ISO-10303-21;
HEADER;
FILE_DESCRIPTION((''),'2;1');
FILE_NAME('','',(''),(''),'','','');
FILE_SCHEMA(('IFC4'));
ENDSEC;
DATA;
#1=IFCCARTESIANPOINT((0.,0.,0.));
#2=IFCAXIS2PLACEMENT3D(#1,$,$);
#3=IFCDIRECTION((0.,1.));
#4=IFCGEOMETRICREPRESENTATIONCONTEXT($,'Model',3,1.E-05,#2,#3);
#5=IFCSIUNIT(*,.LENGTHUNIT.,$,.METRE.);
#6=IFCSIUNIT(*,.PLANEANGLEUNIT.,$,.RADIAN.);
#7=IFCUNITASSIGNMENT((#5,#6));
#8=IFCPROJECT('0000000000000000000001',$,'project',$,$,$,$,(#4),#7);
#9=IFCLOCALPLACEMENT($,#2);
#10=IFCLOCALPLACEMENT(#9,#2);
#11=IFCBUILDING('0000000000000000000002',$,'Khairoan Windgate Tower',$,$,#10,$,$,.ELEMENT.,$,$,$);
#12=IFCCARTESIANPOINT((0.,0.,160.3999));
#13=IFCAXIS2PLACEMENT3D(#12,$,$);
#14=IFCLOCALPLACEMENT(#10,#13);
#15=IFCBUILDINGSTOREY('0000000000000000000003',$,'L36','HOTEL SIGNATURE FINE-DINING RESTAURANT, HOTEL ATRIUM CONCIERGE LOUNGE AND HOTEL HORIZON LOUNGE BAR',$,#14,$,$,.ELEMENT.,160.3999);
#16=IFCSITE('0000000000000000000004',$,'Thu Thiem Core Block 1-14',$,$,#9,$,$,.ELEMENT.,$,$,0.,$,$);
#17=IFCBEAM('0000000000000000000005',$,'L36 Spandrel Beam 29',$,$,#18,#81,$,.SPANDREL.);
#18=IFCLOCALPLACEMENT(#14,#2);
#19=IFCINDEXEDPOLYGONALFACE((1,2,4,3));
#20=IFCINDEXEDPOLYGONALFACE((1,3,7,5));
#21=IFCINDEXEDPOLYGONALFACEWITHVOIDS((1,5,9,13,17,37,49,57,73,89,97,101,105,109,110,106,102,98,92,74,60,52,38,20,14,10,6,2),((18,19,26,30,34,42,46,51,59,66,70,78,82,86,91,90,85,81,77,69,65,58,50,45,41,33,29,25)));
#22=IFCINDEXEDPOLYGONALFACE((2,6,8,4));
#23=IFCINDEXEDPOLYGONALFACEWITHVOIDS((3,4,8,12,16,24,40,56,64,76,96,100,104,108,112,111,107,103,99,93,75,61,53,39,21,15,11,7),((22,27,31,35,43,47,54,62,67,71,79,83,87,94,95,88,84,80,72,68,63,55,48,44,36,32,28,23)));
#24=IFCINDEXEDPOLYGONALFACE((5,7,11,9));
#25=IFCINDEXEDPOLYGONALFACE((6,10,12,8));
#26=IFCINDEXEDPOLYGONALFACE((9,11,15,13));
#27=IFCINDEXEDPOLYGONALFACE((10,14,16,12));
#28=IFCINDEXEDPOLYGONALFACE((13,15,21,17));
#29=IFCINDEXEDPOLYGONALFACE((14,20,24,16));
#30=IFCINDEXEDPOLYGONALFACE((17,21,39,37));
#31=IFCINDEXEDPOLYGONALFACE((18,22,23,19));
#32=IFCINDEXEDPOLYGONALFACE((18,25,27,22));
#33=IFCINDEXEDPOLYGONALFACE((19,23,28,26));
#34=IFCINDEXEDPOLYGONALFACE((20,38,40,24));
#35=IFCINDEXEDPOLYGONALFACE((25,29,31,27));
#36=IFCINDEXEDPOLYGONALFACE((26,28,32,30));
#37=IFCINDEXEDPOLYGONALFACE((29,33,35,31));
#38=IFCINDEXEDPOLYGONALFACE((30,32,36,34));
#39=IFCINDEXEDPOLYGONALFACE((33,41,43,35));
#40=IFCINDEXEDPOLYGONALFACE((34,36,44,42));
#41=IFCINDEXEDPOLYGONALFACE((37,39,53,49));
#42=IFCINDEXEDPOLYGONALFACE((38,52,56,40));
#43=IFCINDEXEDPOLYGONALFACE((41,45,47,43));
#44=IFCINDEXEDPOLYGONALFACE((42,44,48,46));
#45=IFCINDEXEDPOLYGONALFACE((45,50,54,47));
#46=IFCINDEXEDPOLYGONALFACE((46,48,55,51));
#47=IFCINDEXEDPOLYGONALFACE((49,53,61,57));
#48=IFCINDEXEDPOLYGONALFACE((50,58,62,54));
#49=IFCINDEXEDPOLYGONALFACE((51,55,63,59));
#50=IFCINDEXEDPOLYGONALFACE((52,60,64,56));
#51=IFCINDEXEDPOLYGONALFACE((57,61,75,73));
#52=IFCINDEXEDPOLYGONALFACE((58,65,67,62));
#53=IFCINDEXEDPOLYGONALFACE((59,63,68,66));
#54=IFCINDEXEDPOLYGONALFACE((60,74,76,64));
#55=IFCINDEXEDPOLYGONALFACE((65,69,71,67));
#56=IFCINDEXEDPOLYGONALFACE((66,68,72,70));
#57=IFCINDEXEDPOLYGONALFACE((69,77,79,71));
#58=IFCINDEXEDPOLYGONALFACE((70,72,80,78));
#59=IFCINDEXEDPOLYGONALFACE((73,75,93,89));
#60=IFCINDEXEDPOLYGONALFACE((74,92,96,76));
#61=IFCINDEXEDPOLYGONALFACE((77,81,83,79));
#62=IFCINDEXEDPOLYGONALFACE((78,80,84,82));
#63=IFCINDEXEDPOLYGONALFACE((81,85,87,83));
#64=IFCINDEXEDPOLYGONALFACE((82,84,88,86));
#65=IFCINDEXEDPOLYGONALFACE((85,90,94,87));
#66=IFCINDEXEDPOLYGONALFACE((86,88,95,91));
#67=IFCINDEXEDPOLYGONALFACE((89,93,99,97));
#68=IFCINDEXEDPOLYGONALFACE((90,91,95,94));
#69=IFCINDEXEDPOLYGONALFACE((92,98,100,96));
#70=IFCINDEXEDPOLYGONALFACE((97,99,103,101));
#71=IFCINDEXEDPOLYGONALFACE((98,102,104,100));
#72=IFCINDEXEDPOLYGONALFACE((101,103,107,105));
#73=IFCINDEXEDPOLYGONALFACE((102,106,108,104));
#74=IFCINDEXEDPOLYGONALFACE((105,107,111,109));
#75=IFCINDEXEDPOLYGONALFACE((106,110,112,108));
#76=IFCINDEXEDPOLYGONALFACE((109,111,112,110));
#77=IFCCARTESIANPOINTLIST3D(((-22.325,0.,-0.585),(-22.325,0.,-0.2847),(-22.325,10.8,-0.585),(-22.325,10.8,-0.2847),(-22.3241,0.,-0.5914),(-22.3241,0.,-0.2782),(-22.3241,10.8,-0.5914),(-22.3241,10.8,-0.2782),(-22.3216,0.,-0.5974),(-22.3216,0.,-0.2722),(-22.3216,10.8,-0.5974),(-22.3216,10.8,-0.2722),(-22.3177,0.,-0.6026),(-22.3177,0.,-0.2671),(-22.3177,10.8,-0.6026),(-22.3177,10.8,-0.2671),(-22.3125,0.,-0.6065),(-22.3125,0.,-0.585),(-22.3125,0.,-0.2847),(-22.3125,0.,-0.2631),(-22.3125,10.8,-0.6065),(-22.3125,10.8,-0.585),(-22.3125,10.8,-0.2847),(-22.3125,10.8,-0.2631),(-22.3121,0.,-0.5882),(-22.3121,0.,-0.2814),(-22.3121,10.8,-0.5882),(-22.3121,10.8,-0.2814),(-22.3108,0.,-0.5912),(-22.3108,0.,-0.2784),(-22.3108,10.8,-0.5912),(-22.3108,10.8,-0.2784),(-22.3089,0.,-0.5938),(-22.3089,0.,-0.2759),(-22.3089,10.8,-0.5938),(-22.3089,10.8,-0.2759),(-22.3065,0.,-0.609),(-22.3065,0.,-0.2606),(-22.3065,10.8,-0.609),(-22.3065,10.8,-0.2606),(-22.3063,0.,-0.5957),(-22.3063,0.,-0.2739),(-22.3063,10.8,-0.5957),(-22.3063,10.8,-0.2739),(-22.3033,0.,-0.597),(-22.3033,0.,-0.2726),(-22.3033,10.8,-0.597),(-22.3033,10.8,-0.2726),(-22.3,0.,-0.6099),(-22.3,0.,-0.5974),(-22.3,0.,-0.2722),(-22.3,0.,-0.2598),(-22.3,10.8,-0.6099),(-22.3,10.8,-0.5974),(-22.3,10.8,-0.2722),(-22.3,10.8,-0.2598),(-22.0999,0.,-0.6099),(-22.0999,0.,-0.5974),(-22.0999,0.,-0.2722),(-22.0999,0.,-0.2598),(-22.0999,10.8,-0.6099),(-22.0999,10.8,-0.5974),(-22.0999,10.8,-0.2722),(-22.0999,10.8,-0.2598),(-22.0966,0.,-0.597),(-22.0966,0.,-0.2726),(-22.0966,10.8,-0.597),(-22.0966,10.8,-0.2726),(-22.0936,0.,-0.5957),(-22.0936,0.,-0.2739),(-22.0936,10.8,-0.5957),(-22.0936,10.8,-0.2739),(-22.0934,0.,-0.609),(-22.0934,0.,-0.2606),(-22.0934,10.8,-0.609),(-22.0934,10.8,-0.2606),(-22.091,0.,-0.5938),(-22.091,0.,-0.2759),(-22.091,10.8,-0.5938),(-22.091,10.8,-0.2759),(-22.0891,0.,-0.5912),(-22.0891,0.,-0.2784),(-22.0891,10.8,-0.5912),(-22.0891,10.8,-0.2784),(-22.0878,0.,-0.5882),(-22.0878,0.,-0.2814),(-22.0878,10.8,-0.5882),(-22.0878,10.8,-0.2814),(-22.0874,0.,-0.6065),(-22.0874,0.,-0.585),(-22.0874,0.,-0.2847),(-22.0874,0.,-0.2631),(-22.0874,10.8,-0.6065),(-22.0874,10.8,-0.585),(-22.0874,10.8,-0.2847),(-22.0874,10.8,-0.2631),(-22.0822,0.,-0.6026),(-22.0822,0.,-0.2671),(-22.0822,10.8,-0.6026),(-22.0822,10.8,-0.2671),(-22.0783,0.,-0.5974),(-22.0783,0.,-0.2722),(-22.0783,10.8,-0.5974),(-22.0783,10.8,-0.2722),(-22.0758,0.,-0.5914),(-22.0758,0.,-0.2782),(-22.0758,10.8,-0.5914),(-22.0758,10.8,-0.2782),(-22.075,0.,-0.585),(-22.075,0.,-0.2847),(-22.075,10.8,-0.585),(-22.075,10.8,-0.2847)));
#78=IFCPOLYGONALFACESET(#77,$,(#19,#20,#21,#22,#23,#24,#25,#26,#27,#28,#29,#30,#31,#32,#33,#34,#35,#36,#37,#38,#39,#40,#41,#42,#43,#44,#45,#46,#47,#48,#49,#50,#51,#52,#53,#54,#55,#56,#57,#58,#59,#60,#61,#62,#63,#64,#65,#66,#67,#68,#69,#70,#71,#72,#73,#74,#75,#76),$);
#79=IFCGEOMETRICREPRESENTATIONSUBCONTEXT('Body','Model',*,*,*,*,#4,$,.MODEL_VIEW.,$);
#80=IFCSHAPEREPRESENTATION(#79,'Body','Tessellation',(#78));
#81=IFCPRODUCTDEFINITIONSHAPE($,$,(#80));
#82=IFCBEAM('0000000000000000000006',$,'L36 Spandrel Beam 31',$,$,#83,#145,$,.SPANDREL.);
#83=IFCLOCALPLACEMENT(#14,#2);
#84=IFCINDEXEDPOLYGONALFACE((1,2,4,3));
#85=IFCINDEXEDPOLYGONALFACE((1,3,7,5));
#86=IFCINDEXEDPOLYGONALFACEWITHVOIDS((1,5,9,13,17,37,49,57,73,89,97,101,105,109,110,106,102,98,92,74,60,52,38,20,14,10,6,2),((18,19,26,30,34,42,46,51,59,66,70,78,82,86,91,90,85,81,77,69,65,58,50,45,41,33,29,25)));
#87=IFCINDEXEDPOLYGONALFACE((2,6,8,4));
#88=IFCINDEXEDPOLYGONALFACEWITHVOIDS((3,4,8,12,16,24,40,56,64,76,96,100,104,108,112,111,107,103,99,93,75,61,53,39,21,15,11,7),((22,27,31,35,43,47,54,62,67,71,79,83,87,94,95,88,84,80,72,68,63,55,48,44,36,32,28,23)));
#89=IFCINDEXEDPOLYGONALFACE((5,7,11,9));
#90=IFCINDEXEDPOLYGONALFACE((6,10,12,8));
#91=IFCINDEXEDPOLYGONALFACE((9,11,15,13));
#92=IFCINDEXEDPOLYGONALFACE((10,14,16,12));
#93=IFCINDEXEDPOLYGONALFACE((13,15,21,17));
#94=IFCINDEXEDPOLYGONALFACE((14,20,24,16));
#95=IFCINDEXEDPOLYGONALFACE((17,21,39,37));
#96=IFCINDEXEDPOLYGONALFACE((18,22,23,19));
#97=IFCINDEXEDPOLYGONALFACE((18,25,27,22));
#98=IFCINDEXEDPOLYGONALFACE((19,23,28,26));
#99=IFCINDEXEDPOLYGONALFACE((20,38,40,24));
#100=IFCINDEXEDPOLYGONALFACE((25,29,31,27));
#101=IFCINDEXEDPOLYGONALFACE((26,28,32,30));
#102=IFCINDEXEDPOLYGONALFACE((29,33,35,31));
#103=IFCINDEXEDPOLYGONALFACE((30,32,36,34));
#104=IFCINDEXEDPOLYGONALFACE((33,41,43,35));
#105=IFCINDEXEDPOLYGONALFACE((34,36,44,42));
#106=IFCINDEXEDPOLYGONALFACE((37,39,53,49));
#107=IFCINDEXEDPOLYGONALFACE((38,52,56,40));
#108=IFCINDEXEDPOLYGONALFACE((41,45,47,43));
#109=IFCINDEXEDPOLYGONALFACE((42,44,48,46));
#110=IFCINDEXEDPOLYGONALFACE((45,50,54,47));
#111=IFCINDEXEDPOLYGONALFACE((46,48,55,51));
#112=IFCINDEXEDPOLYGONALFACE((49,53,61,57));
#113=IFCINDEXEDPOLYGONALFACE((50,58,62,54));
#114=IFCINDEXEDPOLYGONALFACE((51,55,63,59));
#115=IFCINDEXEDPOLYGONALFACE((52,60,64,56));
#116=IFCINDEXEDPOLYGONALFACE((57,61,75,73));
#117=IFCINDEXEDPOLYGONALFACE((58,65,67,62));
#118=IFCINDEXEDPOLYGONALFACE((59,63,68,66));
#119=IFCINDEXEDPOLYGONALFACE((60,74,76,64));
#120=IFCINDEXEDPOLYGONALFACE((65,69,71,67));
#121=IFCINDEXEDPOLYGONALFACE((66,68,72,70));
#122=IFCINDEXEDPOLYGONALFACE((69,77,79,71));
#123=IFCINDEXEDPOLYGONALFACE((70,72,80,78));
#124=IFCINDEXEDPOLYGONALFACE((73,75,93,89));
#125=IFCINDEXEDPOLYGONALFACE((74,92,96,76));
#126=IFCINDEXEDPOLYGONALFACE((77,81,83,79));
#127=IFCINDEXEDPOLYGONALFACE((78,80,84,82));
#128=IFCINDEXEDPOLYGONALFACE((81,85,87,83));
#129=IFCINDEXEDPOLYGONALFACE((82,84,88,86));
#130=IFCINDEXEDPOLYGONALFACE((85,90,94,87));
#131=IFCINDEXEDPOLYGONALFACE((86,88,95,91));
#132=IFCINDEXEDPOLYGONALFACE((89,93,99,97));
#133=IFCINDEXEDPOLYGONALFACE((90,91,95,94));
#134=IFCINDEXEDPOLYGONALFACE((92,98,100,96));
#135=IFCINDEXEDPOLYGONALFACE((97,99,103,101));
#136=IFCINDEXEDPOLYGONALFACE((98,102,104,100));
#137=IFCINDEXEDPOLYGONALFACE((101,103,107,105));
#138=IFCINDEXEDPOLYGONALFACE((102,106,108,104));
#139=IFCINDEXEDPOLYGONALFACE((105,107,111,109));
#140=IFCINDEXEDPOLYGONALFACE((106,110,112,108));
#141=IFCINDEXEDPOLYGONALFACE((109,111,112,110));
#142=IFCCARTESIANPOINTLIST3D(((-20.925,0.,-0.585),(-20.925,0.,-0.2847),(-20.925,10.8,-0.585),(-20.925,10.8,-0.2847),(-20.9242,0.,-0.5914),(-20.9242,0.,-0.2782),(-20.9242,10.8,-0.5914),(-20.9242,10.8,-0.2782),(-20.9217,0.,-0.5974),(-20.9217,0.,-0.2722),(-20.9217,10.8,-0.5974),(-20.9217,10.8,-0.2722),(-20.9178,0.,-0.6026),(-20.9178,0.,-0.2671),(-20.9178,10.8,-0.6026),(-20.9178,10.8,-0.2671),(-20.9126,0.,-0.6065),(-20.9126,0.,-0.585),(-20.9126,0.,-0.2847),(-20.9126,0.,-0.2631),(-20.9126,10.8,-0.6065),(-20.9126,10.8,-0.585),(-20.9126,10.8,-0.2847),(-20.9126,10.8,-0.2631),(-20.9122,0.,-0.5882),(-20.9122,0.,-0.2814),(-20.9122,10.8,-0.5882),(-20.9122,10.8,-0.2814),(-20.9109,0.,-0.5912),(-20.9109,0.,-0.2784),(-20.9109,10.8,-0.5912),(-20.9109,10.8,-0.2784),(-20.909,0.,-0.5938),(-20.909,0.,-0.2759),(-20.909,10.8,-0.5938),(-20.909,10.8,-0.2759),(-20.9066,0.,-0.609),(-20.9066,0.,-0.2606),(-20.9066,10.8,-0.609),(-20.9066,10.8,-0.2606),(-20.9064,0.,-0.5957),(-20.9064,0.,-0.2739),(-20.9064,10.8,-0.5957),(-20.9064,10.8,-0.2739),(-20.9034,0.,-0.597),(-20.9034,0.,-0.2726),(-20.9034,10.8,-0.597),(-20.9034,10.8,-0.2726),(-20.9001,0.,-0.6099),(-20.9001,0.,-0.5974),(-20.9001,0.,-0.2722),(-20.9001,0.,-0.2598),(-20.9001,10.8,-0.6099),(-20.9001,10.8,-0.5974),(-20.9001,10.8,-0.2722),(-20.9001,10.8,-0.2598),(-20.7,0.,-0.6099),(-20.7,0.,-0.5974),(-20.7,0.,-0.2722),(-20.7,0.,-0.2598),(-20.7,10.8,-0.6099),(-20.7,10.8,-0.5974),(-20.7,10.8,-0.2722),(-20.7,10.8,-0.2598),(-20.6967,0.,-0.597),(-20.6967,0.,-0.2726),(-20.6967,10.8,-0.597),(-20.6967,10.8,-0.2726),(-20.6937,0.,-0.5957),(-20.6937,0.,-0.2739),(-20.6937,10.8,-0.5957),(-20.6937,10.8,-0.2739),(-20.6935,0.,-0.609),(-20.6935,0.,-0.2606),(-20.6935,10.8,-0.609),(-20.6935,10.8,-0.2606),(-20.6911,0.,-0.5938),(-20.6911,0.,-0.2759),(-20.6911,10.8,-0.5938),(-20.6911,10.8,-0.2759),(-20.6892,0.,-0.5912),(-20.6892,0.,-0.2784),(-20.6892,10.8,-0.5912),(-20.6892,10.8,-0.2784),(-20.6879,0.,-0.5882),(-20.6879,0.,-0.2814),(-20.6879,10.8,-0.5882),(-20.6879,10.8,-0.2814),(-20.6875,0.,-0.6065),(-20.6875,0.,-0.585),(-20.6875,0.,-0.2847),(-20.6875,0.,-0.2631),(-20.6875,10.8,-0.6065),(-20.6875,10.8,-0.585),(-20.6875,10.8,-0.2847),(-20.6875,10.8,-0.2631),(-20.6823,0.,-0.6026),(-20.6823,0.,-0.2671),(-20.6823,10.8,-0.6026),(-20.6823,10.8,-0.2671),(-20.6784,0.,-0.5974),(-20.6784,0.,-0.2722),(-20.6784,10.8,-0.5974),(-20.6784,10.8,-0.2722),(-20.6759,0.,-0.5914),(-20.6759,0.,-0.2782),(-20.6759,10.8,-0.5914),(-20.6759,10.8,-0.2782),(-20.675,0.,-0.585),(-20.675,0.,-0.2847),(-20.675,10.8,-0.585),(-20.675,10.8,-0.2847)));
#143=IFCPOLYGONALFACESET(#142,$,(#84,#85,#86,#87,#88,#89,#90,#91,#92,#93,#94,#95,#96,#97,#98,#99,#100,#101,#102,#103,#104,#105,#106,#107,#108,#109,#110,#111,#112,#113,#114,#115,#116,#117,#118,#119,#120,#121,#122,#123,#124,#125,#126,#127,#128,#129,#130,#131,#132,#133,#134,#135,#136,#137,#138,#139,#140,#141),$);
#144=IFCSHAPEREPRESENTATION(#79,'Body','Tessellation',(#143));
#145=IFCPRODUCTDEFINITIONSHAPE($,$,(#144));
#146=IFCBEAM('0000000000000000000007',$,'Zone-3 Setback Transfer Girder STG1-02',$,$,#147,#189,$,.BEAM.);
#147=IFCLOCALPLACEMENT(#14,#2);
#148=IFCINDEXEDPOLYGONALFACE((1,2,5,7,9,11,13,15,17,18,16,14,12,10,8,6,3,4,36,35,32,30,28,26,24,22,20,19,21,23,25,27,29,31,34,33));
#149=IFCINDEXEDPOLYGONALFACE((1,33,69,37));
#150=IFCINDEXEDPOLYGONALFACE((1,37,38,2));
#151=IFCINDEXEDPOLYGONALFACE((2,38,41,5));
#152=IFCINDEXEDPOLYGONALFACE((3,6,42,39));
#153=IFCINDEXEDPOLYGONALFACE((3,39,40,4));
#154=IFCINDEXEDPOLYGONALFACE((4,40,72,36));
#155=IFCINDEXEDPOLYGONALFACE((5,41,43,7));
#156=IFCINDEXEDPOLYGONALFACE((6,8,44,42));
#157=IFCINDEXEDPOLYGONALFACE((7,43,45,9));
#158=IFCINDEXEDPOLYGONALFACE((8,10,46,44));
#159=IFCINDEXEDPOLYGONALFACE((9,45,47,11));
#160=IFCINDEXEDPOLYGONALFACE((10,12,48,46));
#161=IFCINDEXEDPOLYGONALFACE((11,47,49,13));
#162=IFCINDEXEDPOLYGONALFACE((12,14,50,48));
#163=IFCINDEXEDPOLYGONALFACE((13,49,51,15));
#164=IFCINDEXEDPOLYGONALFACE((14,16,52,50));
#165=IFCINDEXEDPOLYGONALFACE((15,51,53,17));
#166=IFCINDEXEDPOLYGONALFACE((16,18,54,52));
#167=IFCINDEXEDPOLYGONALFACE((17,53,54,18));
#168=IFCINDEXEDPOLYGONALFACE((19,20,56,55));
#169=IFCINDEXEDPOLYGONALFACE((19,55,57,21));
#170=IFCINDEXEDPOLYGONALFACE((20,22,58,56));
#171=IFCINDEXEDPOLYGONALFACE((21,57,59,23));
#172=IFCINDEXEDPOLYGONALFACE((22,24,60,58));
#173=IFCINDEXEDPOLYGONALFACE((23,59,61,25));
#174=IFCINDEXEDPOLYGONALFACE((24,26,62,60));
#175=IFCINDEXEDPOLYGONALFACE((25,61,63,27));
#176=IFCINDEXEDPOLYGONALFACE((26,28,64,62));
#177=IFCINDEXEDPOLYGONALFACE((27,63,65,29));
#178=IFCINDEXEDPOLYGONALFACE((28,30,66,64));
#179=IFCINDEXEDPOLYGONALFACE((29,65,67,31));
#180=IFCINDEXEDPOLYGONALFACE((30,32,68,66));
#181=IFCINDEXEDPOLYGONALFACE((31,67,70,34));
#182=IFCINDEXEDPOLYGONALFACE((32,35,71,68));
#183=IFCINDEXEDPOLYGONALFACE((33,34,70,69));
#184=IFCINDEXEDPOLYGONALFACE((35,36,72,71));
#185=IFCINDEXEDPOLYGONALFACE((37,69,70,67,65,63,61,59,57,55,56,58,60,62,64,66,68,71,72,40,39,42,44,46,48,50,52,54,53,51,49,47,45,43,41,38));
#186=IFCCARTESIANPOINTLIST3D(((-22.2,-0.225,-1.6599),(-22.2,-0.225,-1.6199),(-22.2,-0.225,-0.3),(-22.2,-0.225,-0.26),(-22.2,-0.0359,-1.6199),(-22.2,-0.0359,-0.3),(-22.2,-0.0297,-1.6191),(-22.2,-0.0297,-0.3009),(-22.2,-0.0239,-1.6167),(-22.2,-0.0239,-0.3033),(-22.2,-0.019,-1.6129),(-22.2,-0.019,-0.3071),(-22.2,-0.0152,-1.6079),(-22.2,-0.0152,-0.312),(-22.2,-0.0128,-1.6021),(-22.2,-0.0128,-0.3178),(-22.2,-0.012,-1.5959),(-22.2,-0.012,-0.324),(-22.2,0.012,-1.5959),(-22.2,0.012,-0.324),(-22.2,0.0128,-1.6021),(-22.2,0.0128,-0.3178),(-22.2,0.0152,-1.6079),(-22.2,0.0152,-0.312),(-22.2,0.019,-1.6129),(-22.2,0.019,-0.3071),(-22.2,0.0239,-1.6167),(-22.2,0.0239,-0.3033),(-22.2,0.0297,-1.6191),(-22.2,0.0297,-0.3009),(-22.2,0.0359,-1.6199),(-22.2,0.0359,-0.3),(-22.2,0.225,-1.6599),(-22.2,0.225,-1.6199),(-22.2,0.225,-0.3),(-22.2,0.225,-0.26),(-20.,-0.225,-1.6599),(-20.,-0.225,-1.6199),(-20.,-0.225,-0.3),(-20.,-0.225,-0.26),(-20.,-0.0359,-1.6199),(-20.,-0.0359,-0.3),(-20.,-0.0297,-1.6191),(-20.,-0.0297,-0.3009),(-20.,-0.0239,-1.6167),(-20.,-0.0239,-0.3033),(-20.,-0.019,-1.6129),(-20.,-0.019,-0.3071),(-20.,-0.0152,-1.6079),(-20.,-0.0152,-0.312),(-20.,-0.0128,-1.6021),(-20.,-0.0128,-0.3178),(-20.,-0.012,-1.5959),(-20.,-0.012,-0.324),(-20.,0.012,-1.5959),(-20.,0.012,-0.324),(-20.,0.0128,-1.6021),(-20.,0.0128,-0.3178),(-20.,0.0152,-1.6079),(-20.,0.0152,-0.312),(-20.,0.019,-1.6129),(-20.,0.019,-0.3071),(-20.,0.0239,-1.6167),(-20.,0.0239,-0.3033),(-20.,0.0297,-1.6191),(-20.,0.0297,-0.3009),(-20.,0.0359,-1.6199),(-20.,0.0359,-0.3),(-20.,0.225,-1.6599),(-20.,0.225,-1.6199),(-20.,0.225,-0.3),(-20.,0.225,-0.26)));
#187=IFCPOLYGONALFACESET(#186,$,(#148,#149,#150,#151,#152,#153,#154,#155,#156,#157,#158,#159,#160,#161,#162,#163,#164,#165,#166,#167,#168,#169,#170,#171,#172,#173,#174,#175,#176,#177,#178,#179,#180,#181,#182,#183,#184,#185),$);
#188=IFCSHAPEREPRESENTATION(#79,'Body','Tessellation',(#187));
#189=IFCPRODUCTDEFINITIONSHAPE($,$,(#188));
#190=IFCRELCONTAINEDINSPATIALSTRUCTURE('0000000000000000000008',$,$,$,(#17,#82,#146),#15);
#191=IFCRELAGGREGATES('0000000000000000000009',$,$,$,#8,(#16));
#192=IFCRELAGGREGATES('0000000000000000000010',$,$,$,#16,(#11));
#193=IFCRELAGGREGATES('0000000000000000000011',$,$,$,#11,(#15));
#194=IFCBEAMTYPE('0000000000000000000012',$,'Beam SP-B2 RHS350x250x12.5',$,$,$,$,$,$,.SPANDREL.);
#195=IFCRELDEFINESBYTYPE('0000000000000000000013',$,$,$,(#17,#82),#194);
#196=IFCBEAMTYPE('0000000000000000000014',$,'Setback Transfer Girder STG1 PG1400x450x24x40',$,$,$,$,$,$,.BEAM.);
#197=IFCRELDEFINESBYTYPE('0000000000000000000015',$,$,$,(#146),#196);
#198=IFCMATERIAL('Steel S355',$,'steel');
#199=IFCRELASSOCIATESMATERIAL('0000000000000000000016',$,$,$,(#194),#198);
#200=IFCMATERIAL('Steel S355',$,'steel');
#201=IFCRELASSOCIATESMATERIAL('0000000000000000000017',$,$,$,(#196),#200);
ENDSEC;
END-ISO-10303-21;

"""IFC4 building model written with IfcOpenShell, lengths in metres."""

from ifc_helpers import new_model, si_unit, direction, frame, origin, origin_2d, place, context, subcontext, project, spatial, hollow_rectangle, i_section, extrude, material, material_profile, profile_set, type_object, element, save


model = new_model("IFC4")

# Units and contexts
model_context = context("Model", 3, precision=1e-05, world=origin(), true_north=direction((0.0, 1.0)))
body_context = subcontext(model_context, "Body", "Model", "MODEL_VIEW")
ifc_project = project(units=[si_unit("LENGTHUNIT", "METRE"), si_unit("PLANEANGLEUNIT", "RADIAN")], contexts=[model_context])

# Site, building, storey
site_placement = place(None, origin())
site = spatial("IfcSite", under=ifc_project, at=site_placement, Name="Thu Thiem Core Block 1-14", CompositionType="ELEMENT", RefElevation=0.0)
building_placement = place(site_placement, origin())
building = spatial("IfcBuilding", under=site, at=building_placement, Name="Khairoan Windgate Tower", CompositionType="ELEMENT")
storey_placement = place(building_placement, frame((0.0, 0.0, 160.3999)))
storey = spatial("IfcBuildingStorey", under=building, at=storey_placement, Name="L36", Description="HOTEL SIGNATURE FINE-DINING RESTAURANT, HOTEL ATRIUM CONCIERGE LOUNGE AND HOTEL HORIZON LOUNGE BAR", CompositionType="ELEMENT", Elevation=160.3999)

# Beams
ifc_material_1 = material(Name="Steel S355", Category="steel")
ifc_material_profile_1 = material_profile(ifc_material_1, hollow_rectangle(XDim=0.25, YDim=0.3501, WallThickness=0.0125, InnerFilletRadius=0.0125, OuterFilletRadius=0.0249, at=origin_2d()))
ifc_profile_set_1 = profile_set([ifc_material_profile_1], Name="Steel S355")
beam_type_1 = type_object("IfcBeamType", Name="Beam SP-B2 RHS350x250x12.5", PredefinedType="SPANDREL", material=ifc_profile_set_1)
for number, where, z_axis, x_axis, name in (
    (1, (-22.2, 0.0, -0.4348), (0.0, 1.0, 0.0), (-1.0, 0.0, 0.0), "L36 Spandrel Beam 29"),
    (2, (-20.8, 0.0, -0.4348), (0.0, 1.0, 0.0), (-1.0, 0.0, 0.0), "L36 Spandrel Beam 31"),
):
    element("IfcBeam", number, at=place(storey_placement, frame(where, z_axis=z_axis, x_axis=x_axis)), inside=storey, type_object=beam_type_1, Name=name, PredefinedType="SPANDREL", context=body_context, shape_type="SweptSolid", body=[
        extrude(hollow_rectangle(XDim=0.25, YDim=0.3501, WallThickness=0.0125, InnerFilletRadius=0.0125, OuterFilletRadius=0.0249, at=origin_2d()), origin(), (0.0, 0.0, 1.0), 10.8),
    ])
ifc_material_2 = material(Name="Steel S355", Category="steel")
ifc_material_profile_2 = material_profile(ifc_material_2, i_section(OverallWidth=0.45, OverallDepth=1.3999, WebThickness=0.0239, FlangeThickness=0.04, FilletRadius=0.0239, at=origin_2d()))
ifc_profile_set_2 = profile_set([ifc_material_profile_2], Name="Steel S355")
beam_type_2 = type_object("IfcBeamType", Name="Setback Transfer Girder STG1 PG1400x450x24x40", PredefinedType="BEAM", material=ifc_profile_set_2)
beam_1_placement = place(storey_placement, frame((-22.2, 0.0, -0.96), z_axis=(1.0, 0.0, 0.0), x_axis=(0.0, 1.0, 0.0)))
element("IfcBeam", 3, at=beam_1_placement, inside=storey, type_object=beam_type_2, Name="Zone-3 Setback Transfer Girder STG1-02", PredefinedType="BEAM", context=body_context, shape_type="SweptSolid", body=[
    extrude(i_section(OverallWidth=0.45, OverallDepth=1.3999, WebThickness=0.0239, FlangeThickness=0.04, FilletRadius=0.0239, at=origin_2d()), origin(), (0.0, 0.0, 1.0), 2.2),
])

save(model, "model.ifc")
